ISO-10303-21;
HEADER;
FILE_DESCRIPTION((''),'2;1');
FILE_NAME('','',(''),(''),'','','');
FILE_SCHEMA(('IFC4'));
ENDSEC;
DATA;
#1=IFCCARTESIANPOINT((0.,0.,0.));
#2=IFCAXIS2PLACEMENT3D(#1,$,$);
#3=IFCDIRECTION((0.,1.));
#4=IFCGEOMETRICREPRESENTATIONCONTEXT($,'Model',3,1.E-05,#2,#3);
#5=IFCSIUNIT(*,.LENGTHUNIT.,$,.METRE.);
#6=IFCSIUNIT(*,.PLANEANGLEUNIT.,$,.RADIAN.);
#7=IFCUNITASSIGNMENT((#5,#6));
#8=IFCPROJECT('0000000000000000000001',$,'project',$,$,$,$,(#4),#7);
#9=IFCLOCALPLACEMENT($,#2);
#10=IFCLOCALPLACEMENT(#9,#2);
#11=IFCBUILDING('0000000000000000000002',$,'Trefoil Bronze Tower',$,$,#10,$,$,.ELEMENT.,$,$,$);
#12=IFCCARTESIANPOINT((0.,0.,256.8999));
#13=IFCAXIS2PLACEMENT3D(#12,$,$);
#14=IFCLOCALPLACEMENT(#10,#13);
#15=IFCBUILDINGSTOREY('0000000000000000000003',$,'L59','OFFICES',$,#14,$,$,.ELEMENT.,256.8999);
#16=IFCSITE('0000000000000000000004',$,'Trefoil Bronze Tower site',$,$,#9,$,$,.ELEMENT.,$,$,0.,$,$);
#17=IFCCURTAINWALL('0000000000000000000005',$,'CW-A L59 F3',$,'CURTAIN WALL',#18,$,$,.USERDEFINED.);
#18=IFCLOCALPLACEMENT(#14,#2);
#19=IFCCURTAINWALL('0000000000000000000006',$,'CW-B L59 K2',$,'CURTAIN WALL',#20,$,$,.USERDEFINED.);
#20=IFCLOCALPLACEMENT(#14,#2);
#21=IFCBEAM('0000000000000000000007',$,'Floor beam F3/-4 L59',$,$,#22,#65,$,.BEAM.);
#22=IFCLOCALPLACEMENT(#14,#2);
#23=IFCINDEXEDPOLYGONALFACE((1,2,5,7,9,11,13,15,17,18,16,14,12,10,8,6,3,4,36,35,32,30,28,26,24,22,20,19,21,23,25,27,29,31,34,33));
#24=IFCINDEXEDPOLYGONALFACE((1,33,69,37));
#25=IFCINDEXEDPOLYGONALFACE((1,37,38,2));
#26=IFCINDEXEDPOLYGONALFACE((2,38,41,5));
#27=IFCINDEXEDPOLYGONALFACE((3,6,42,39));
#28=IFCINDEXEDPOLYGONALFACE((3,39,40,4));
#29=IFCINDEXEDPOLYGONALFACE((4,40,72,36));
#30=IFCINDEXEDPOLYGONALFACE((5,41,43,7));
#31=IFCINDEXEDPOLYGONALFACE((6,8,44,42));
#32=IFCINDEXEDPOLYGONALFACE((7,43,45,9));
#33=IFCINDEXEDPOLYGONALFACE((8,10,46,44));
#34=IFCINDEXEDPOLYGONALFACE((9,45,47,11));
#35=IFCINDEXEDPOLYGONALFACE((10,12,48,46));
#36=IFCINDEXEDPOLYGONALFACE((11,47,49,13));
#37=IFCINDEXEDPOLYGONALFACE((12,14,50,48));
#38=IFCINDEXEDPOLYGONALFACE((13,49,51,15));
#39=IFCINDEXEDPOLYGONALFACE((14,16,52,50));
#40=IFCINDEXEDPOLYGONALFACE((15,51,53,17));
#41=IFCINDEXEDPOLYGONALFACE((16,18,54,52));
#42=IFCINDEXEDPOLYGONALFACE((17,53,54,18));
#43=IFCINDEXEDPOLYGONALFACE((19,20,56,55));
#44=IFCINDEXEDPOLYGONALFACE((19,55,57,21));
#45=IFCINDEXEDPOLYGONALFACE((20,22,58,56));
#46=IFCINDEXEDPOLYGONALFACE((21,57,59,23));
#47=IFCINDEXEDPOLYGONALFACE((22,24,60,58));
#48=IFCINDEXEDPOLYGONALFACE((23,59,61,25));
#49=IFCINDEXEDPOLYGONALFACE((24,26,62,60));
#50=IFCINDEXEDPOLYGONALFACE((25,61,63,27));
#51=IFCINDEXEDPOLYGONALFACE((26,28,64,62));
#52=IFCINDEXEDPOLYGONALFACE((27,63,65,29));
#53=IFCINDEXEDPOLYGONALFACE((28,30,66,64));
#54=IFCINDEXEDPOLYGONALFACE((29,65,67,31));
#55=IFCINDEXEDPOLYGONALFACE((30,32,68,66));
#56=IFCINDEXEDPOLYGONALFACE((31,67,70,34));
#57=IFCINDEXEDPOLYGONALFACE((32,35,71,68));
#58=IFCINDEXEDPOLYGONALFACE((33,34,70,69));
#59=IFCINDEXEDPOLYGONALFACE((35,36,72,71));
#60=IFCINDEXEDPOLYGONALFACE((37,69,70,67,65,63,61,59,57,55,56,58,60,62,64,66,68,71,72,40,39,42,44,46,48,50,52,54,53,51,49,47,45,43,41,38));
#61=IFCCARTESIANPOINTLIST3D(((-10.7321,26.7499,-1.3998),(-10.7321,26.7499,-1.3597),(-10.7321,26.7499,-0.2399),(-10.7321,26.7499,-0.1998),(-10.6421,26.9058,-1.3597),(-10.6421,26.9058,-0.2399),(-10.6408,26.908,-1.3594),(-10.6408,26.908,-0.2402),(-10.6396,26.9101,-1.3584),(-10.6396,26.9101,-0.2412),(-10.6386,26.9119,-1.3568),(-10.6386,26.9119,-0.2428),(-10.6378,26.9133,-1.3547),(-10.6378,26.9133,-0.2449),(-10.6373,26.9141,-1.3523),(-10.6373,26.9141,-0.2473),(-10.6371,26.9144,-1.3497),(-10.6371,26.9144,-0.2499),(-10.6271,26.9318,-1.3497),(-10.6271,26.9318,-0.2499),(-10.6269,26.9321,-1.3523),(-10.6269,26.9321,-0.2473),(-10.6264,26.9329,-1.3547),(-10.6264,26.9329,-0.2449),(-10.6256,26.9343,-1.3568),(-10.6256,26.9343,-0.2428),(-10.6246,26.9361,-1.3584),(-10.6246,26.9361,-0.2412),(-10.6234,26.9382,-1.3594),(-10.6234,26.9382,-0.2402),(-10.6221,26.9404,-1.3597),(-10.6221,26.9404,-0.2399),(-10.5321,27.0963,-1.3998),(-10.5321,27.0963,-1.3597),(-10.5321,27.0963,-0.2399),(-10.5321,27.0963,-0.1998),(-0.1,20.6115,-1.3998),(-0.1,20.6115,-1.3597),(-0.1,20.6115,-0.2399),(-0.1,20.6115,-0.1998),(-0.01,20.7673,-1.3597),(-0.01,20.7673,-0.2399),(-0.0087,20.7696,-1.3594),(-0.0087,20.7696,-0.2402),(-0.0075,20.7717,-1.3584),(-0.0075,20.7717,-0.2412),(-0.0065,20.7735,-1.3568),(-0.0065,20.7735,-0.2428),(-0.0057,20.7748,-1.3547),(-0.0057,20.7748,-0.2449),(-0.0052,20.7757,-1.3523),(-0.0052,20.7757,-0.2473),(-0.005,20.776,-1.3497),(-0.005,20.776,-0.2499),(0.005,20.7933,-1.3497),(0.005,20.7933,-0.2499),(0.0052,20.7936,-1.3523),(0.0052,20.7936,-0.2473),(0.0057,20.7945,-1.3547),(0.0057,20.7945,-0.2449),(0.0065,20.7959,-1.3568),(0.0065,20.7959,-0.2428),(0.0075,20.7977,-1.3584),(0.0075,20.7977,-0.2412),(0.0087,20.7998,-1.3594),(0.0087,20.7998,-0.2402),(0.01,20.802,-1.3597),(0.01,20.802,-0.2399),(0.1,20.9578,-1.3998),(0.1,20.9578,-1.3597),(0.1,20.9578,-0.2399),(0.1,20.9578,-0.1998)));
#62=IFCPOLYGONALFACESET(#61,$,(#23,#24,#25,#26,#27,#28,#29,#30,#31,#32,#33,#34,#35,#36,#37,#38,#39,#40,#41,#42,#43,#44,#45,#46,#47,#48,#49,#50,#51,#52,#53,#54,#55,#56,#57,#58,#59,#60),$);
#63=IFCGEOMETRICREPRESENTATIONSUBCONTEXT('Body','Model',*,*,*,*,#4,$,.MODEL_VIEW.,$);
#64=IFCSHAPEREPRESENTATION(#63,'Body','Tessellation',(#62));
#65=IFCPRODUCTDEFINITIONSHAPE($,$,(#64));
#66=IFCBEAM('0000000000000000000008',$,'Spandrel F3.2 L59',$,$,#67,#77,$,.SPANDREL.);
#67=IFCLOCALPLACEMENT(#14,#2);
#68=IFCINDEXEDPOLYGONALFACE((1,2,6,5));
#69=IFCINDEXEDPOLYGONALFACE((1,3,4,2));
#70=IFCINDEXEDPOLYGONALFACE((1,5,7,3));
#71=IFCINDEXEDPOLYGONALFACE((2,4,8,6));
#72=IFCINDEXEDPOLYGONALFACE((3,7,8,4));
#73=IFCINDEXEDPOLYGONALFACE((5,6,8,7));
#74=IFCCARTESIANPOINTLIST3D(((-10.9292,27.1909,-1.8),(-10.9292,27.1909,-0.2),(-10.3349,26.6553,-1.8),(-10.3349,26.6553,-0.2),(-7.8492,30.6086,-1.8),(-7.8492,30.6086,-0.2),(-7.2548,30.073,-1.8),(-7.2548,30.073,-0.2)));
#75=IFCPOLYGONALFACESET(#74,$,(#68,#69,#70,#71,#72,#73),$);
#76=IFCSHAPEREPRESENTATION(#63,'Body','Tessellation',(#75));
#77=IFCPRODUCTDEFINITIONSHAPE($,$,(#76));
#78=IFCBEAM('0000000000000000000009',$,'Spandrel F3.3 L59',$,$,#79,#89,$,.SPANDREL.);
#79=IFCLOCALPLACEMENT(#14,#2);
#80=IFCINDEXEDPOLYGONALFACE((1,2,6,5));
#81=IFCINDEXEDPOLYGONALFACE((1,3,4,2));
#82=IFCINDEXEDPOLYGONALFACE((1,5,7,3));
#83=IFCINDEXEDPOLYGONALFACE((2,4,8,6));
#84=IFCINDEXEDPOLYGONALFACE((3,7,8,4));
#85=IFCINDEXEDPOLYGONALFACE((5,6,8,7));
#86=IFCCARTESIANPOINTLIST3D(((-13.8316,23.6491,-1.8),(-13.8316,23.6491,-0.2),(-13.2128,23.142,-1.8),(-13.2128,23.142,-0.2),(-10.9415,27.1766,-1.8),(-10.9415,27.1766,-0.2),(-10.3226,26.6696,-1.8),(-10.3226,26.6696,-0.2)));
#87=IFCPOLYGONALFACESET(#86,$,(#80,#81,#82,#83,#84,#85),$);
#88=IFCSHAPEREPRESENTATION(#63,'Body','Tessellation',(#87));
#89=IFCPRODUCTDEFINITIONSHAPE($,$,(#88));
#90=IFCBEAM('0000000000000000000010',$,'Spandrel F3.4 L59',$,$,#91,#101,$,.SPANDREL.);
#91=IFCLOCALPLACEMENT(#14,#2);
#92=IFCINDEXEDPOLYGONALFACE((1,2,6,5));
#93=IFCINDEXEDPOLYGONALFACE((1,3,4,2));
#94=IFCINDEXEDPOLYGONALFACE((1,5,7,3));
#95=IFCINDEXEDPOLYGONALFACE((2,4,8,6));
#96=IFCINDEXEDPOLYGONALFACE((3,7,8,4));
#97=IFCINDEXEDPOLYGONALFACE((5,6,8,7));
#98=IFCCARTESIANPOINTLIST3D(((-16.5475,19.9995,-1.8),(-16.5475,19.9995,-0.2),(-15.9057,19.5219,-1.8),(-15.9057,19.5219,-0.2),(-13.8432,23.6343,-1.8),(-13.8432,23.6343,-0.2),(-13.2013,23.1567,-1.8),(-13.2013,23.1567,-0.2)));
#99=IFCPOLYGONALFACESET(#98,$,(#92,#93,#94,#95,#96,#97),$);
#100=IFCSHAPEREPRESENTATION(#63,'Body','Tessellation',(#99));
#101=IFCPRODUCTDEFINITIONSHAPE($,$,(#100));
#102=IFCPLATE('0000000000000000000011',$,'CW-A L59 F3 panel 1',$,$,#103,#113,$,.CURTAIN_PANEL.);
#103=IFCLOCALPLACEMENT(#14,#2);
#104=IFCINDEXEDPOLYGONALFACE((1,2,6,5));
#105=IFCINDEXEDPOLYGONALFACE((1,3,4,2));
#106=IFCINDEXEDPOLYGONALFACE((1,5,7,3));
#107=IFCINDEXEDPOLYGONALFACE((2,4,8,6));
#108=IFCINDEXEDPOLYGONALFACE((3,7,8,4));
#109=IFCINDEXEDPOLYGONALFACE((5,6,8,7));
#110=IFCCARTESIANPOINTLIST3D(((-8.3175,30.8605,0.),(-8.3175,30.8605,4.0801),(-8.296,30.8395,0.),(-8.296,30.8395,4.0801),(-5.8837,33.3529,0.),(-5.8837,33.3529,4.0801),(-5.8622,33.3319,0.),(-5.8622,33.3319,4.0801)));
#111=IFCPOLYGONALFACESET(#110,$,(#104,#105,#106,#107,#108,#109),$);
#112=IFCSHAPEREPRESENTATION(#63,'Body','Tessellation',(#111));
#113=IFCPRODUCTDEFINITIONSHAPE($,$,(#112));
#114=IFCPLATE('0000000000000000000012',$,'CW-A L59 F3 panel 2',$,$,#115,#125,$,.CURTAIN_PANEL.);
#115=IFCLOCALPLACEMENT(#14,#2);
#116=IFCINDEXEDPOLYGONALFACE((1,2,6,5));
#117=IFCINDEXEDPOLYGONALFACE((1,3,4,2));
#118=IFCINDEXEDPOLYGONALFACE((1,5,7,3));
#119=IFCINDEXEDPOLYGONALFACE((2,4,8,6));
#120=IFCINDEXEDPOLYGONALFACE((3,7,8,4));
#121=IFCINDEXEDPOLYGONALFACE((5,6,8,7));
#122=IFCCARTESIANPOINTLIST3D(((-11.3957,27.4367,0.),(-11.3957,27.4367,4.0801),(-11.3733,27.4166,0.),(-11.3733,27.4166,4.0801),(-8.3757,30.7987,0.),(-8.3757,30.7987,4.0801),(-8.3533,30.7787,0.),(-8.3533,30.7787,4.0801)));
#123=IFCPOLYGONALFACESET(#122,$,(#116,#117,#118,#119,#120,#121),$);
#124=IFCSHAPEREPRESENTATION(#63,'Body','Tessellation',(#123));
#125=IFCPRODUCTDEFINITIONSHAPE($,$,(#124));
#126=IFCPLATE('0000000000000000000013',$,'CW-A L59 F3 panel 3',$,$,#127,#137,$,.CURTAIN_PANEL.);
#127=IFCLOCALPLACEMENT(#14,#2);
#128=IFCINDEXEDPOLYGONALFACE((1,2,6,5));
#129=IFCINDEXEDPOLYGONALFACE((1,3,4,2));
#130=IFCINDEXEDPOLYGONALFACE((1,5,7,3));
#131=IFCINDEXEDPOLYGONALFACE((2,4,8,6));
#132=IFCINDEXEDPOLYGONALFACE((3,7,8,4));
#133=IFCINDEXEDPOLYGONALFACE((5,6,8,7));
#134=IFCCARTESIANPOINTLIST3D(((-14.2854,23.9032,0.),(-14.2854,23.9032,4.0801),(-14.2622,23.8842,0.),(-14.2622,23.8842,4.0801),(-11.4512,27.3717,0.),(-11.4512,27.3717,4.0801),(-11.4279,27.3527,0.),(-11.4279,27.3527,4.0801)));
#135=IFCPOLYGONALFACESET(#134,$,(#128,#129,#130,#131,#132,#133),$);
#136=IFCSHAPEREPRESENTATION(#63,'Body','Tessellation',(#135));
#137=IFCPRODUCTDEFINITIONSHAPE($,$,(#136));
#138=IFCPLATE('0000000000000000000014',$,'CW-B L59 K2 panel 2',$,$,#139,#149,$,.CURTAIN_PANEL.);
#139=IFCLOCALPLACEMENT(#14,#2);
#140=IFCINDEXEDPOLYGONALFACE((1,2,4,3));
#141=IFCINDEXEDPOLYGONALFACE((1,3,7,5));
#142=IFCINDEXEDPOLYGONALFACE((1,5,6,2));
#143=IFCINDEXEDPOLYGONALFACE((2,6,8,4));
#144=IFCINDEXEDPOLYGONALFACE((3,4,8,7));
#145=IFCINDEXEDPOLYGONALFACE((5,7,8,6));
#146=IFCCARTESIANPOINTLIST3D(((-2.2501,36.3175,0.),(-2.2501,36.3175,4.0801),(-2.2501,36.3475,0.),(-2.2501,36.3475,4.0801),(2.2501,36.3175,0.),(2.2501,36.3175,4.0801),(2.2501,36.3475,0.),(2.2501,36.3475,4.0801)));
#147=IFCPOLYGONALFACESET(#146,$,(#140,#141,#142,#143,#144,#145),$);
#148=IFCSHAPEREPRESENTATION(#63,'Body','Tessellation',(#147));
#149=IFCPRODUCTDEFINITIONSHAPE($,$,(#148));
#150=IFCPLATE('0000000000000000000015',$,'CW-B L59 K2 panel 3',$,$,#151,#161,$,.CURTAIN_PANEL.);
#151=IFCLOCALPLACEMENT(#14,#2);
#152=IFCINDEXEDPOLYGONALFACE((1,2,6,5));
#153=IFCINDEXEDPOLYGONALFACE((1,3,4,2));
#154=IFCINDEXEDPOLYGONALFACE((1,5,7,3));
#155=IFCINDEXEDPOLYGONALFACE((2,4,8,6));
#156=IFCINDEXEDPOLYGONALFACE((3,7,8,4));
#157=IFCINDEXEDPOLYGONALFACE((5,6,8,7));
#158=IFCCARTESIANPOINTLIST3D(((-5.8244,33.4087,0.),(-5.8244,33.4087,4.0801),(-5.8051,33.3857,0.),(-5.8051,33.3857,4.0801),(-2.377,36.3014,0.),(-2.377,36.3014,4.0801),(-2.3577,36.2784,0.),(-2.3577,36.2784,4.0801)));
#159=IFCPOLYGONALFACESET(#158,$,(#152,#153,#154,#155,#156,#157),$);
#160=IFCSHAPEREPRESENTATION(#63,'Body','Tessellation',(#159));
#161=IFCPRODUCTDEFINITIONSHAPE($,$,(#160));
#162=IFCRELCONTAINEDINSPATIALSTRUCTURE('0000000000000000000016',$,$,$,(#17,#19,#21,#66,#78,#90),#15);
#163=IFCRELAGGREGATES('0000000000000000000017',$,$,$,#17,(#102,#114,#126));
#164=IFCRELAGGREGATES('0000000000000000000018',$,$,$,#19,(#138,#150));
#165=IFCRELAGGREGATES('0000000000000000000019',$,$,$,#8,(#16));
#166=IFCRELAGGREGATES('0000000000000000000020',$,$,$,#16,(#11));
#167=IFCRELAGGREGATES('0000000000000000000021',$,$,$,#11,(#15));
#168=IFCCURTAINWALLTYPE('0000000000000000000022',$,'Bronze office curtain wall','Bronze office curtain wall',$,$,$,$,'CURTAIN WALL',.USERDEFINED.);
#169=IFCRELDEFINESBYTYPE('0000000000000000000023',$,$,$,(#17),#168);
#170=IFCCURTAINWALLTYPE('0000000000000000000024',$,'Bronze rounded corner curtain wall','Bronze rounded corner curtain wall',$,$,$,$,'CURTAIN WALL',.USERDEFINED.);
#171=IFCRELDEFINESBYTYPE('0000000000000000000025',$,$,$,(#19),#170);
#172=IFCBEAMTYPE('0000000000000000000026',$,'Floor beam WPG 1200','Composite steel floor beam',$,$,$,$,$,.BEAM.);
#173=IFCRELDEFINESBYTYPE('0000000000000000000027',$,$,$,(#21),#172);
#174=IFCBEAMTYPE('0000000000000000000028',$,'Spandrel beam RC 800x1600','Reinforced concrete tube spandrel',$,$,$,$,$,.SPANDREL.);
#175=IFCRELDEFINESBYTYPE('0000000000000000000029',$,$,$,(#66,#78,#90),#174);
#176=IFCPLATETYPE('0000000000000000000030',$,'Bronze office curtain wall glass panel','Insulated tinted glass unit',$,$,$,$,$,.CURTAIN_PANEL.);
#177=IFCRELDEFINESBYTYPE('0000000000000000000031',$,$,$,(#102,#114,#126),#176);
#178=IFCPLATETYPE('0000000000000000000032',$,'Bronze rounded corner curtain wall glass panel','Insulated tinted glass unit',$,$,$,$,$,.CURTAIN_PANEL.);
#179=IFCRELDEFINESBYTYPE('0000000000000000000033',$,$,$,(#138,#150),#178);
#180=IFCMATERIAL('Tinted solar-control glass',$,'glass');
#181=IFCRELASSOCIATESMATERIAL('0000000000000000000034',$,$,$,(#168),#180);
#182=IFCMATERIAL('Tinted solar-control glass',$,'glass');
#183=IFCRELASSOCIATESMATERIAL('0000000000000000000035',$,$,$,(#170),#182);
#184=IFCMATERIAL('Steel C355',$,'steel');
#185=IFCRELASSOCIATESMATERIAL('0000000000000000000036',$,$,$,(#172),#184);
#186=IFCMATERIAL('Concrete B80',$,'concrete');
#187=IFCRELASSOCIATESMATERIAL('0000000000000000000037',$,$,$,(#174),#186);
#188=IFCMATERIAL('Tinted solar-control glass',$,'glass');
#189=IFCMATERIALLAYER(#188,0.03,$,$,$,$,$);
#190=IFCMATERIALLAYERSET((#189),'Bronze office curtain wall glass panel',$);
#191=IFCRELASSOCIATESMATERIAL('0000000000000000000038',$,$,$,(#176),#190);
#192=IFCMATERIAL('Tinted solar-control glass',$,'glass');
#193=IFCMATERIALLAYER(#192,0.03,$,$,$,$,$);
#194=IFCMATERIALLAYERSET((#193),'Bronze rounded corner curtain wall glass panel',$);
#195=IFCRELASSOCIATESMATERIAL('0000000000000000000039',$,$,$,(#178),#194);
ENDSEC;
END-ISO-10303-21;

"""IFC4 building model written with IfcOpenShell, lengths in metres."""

from ifc_helpers import new_model, si_unit, direction, frame, origin, origin_2d, place, context, subcontext, project, spatial, rectangle, i_section, extrude, material, layer, layer_set, material_profile, profile_set, type_object, element, aggregate, save


model = new_model("IFC4")

# Units and contexts
model_context = context("Model", 3, precision=1e-05, world=origin(), true_north=direction((0.0, 1.0)))
body_context = subcontext(model_context, "Body", "Model", "MODEL_VIEW")
ifc_project = project(units=[si_unit("LENGTHUNIT", "METRE"), si_unit("PLANEANGLEUNIT", "RADIAN")], contexts=[model_context])

# Site, building, storey
site_placement = place(None, origin())
site = spatial("IfcSite", under=ifc_project, at=site_placement, Name="Trefoil Bronze Tower site", CompositionType="ELEMENT", RefElevation=0.0)
building_placement = place(site_placement, origin())
building = spatial("IfcBuilding", under=site, at=building_placement, Name="Trefoil Bronze Tower", CompositionType="ELEMENT")
storey_placement = place(building_placement, frame((0.0, 0.0, 256.8999)))
storey = spatial("IfcBuildingStorey", under=building, at=storey_placement, Name="L59", Description="OFFICES", CompositionType="ELEMENT", Elevation=256.8999)

# Curtain walls
ifc_material_1 = material(Name="Tinted solar-control glass", Category="glass")
curtain_wall_type_1 = type_object("IfcCurtainWallType", Name="Bronze office curtain wall", Description="Bronze office curtain wall", ElementType="CURTAIN WALL", PredefinedType="USERDEFINED", material=ifc_material_1)
curtain_wall_1_placement = place(storey_placement, origin())
curtain_wall_1 = element("IfcCurtainWall", 1, at=curtain_wall_1_placement, inside=storey, type_object=curtain_wall_type_1, Name="CW-A L59 F3", ObjectType="CURTAIN WALL", PredefinedType="USERDEFINED")
ifc_material_2 = material(Name="Tinted solar-control glass", Category="glass")
curtain_wall_type_2 = type_object("IfcCurtainWallType", Name="Bronze rounded corner curtain wall", Description="Bronze rounded corner curtain wall", ElementType="CURTAIN WALL", PredefinedType="USERDEFINED", material=ifc_material_2)
curtain_wall_2_placement = place(storey_placement, origin())
curtain_wall_2 = element("IfcCurtainWall", 2, at=curtain_wall_2_placement, inside=storey, type_object=curtain_wall_type_2, Name="CW-B L59 K2", ObjectType="CURTAIN WALL", PredefinedType="USERDEFINED")

# Beams
ifc_material_3 = material(Name="Steel C355", Category="steel")
ifc_material_profile_1 = material_profile(ifc_material_3, i_section(OverallWidth=0.3999, OverallDepth=1.2, WebThickness=0.02, FlangeThickness=0.04, FilletRadius=0.01, at=origin_2d()), Name="WPG 1200")
ifc_profile_set_1 = profile_set([ifc_material_profile_1], Name="Steel C355")
beam_type_1 = type_object("IfcBeamType", Name="Floor beam WPG 1200", Description="Composite steel floor beam", PredefinedType="BEAM", material=ifc_profile_set_1)
beam_1_placement = place(storey_placement, frame((-10.6321, 26.9231, -0.7998), z_axis=(0.866026, -0.5, 0.0), x_axis=(0.5, 0.866026, 0.0)))
element("IfcBeam", 3, at=beam_1_placement, inside=storey, type_object=beam_type_1, Name="Floor beam F3/-4 L59", PredefinedType="BEAM", context=body_context, shape_type="SweptSolid", body=[
    extrude(i_section(OverallWidth=0.3999, OverallDepth=1.2, WebThickness=0.02, FlangeThickness=0.04, FilletRadius=0.01, at=origin_2d()), origin(), (0.0, 0.0, 1.0), 12.2769),
])
ifc_material_4 = material(Name="Concrete B80", Category="concrete")
ifc_material_profile_2 = material_profile(ifc_material_4, rectangle(XDim=0.8, YDim=1.6001, at=origin_2d()), Name="RC 800x1600")
ifc_profile_set_2 = profile_set([ifc_material_profile_2], Name="Concrete B80")
beam_type_2 = type_object("IfcBeamType", Name="Spandrel beam RC 800x1600", Description="Reinforced concrete tube spandrel", PredefinedType="SPANDREL", material=ifc_profile_set_2)
beam_2_placement = place(storey_placement, frame((-7.552, 30.3408, -1.0), z_axis=(-0.66946, -0.742848, 0.0), x_axis=(0.742848, -0.66946, 0.0)))
element("IfcBeam", 4, at=beam_2_placement, inside=storey, type_object=beam_type_2, Name="Spandrel F3.2 L59", PredefinedType="SPANDREL", context=body_context, shape_type="SweptSolid", body=[
    extrude(rectangle(XDim=0.8, YDim=1.6001, at=origin_2d()), origin(), (0.0, 0.0, 1.0), 4.6008),
])
beam_3_placement = place(storey_placement, frame((-10.6321, 26.9231, -1.0), z_axis=(-0.633754, -0.773535, 0.0), x_axis=(0.773535, -0.633754, 0.0)))
element("IfcBeam", 5, at=beam_3_placement, inside=storey, type_object=beam_type_2, Name="Spandrel F3.3 L59", PredefinedType="SPANDREL", context=body_context, shape_type="SweptSolid", body=[
    extrude(rectangle(XDim=0.8, YDim=1.6001, at=origin_2d()), origin(), (0.0, 0.0, 1.0), 4.5603),
])
beam_4_placement = place(storey_placement, frame((-13.5222, 23.3955, -1.0), z_axis=(-0.596926, -0.802296, 0.0), x_axis=(0.802296, -0.596926, 0.0)))
element("IfcBeam", 6, at=beam_4_placement, inside=storey, type_object=beam_type_2, Name="Spandrel F3.4 L59", PredefinedType="SPANDREL", context=body_context, shape_type="SweptSolid", body=[
    extrude(rectangle(XDim=0.8, YDim=1.6001, at=origin_2d()), origin(), (0.0, 0.0, 1.0), 4.5305),
])

# Plates
ifc_material_5 = material(Name="Tinted solar-control glass", Category="glass")
ifc_layer_1 = layer(ifc_material_5, 0.03)
ifc_layer_set_1 = layer_set([ifc_layer_1], Name="Bronze office curtain wall glass panel")
plate_type_1 = type_object("IfcPlateType", Name="Bronze office curtain wall glass panel", Description="Insulated tinted glass unit", PredefinedType="CURTAIN_PANEL", material=ifc_layer_set_1)
plate_1_placement = place(storey_placement, frame((-7.0898, 32.0962, 0.0), z_axis=(0.0, 0.0, 1.0), x_axis=(-0.698652, -0.715462, 0.0)))
plate_1 = element("IfcPlate", 7, at=plate_1_placement, type_object=plate_type_1, Name="CW-A L59 F3 panel 1", PredefinedType="CURTAIN_PANEL", context=body_context, shape_type="SweptSolid", body=[
    extrude(rectangle(XDim=3.4836, YDim=0.03, at=origin_2d()), origin(), (0.0, 0.0, 1.0), 4.0801),
])
plate_2_placement = place(storey_placement, frame((-9.8745, 29.1077, 0.0), z_axis=(0.0, 0.0, 1.0), x_axis=(-0.668246, -0.743941, 0.0)))
plate_2 = element("IfcPlate", 8, at=plate_2_placement, type_object=plate_type_1, Name="CW-A L59 F3 panel 2", PredefinedType="CURTAIN_PANEL", context=body_context, shape_type="SweptSolid", body=[
    extrude(rectangle(XDim=4.5193, YDim=0.03, at=origin_2d()), origin(), (0.0, 0.0, 1.0), 4.0801),
])
plate_3_placement = place(storey_placement, frame((-12.8567, 25.6279, 0.0), z_axis=(0.0, 0.0, 1.0), x_axis=(-0.632753, -0.774354, 0.0)))
plate_3 = element("IfcPlate", 9, at=plate_3_placement, type_object=plate_type_1, Name="CW-A L59 F3 panel 3", PredefinedType="CURTAIN_PANEL", context=body_context, shape_type="SweptSolid", body=[
    extrude(rectangle(XDim=4.4792, YDim=0.03, at=origin_2d()), origin(), (0.0, 0.0, 1.0), 4.0801),
])
aggregate(curtain_wall_1, [plate_1, plate_2, plate_3])
ifc_material_6 = material(Name="Tinted solar-control glass", Category="glass")
ifc_layer_2 = layer(ifc_material_6, 0.03)
ifc_layer_set_2 = layer_set([ifc_layer_2], Name="Bronze rounded corner curtain wall glass panel")
plate_type_2 = type_object("IfcPlateType", Name="Bronze rounded corner curtain wall glass panel", Description="Insulated tinted glass unit", PredefinedType="CURTAIN_PANEL", material=ifc_layer_set_2)
plate_4_placement = place(storey_placement, frame((0.0, 36.3325, 0.0), z_axis=(0.0, 0.0, 1.0), x_axis=(-1.0, 0.0, 0.0)))
plate_4 = element("IfcPlate", 10, at=plate_4_placement, type_object=plate_type_2, Name="CW-B L59 K2 panel 2", PredefinedType="CURTAIN_PANEL", context=body_context, shape_type="SweptSolid", body=[
    extrude(rectangle(XDim=4.5002, YDim=0.03, at=origin_2d()), origin(), (0.0, 0.0, 1.0), 4.0801),
])
plate_5_placement = place(storey_placement, frame((-4.0911, 34.8435, 0.0), z_axis=(0.0, 0.0, 1.0), x_axis=(-0.766044, -0.642788, 0.0)))
plate_5 = element("IfcPlate", 11, at=plate_5_placement, type_object=plate_type_2, Name="CW-B L59 K2 panel 3", PredefinedType="CURTAIN_PANEL", context=body_context, shape_type="SweptSolid", body=[
    extrude(rectangle(XDim=4.5002, YDim=0.03, at=origin_2d()), origin(), (0.0, 0.0, 1.0), 4.0801),
])
aggregate(curtain_wall_2, [plate_4, plate_5])

save(model, "model.ifc")
